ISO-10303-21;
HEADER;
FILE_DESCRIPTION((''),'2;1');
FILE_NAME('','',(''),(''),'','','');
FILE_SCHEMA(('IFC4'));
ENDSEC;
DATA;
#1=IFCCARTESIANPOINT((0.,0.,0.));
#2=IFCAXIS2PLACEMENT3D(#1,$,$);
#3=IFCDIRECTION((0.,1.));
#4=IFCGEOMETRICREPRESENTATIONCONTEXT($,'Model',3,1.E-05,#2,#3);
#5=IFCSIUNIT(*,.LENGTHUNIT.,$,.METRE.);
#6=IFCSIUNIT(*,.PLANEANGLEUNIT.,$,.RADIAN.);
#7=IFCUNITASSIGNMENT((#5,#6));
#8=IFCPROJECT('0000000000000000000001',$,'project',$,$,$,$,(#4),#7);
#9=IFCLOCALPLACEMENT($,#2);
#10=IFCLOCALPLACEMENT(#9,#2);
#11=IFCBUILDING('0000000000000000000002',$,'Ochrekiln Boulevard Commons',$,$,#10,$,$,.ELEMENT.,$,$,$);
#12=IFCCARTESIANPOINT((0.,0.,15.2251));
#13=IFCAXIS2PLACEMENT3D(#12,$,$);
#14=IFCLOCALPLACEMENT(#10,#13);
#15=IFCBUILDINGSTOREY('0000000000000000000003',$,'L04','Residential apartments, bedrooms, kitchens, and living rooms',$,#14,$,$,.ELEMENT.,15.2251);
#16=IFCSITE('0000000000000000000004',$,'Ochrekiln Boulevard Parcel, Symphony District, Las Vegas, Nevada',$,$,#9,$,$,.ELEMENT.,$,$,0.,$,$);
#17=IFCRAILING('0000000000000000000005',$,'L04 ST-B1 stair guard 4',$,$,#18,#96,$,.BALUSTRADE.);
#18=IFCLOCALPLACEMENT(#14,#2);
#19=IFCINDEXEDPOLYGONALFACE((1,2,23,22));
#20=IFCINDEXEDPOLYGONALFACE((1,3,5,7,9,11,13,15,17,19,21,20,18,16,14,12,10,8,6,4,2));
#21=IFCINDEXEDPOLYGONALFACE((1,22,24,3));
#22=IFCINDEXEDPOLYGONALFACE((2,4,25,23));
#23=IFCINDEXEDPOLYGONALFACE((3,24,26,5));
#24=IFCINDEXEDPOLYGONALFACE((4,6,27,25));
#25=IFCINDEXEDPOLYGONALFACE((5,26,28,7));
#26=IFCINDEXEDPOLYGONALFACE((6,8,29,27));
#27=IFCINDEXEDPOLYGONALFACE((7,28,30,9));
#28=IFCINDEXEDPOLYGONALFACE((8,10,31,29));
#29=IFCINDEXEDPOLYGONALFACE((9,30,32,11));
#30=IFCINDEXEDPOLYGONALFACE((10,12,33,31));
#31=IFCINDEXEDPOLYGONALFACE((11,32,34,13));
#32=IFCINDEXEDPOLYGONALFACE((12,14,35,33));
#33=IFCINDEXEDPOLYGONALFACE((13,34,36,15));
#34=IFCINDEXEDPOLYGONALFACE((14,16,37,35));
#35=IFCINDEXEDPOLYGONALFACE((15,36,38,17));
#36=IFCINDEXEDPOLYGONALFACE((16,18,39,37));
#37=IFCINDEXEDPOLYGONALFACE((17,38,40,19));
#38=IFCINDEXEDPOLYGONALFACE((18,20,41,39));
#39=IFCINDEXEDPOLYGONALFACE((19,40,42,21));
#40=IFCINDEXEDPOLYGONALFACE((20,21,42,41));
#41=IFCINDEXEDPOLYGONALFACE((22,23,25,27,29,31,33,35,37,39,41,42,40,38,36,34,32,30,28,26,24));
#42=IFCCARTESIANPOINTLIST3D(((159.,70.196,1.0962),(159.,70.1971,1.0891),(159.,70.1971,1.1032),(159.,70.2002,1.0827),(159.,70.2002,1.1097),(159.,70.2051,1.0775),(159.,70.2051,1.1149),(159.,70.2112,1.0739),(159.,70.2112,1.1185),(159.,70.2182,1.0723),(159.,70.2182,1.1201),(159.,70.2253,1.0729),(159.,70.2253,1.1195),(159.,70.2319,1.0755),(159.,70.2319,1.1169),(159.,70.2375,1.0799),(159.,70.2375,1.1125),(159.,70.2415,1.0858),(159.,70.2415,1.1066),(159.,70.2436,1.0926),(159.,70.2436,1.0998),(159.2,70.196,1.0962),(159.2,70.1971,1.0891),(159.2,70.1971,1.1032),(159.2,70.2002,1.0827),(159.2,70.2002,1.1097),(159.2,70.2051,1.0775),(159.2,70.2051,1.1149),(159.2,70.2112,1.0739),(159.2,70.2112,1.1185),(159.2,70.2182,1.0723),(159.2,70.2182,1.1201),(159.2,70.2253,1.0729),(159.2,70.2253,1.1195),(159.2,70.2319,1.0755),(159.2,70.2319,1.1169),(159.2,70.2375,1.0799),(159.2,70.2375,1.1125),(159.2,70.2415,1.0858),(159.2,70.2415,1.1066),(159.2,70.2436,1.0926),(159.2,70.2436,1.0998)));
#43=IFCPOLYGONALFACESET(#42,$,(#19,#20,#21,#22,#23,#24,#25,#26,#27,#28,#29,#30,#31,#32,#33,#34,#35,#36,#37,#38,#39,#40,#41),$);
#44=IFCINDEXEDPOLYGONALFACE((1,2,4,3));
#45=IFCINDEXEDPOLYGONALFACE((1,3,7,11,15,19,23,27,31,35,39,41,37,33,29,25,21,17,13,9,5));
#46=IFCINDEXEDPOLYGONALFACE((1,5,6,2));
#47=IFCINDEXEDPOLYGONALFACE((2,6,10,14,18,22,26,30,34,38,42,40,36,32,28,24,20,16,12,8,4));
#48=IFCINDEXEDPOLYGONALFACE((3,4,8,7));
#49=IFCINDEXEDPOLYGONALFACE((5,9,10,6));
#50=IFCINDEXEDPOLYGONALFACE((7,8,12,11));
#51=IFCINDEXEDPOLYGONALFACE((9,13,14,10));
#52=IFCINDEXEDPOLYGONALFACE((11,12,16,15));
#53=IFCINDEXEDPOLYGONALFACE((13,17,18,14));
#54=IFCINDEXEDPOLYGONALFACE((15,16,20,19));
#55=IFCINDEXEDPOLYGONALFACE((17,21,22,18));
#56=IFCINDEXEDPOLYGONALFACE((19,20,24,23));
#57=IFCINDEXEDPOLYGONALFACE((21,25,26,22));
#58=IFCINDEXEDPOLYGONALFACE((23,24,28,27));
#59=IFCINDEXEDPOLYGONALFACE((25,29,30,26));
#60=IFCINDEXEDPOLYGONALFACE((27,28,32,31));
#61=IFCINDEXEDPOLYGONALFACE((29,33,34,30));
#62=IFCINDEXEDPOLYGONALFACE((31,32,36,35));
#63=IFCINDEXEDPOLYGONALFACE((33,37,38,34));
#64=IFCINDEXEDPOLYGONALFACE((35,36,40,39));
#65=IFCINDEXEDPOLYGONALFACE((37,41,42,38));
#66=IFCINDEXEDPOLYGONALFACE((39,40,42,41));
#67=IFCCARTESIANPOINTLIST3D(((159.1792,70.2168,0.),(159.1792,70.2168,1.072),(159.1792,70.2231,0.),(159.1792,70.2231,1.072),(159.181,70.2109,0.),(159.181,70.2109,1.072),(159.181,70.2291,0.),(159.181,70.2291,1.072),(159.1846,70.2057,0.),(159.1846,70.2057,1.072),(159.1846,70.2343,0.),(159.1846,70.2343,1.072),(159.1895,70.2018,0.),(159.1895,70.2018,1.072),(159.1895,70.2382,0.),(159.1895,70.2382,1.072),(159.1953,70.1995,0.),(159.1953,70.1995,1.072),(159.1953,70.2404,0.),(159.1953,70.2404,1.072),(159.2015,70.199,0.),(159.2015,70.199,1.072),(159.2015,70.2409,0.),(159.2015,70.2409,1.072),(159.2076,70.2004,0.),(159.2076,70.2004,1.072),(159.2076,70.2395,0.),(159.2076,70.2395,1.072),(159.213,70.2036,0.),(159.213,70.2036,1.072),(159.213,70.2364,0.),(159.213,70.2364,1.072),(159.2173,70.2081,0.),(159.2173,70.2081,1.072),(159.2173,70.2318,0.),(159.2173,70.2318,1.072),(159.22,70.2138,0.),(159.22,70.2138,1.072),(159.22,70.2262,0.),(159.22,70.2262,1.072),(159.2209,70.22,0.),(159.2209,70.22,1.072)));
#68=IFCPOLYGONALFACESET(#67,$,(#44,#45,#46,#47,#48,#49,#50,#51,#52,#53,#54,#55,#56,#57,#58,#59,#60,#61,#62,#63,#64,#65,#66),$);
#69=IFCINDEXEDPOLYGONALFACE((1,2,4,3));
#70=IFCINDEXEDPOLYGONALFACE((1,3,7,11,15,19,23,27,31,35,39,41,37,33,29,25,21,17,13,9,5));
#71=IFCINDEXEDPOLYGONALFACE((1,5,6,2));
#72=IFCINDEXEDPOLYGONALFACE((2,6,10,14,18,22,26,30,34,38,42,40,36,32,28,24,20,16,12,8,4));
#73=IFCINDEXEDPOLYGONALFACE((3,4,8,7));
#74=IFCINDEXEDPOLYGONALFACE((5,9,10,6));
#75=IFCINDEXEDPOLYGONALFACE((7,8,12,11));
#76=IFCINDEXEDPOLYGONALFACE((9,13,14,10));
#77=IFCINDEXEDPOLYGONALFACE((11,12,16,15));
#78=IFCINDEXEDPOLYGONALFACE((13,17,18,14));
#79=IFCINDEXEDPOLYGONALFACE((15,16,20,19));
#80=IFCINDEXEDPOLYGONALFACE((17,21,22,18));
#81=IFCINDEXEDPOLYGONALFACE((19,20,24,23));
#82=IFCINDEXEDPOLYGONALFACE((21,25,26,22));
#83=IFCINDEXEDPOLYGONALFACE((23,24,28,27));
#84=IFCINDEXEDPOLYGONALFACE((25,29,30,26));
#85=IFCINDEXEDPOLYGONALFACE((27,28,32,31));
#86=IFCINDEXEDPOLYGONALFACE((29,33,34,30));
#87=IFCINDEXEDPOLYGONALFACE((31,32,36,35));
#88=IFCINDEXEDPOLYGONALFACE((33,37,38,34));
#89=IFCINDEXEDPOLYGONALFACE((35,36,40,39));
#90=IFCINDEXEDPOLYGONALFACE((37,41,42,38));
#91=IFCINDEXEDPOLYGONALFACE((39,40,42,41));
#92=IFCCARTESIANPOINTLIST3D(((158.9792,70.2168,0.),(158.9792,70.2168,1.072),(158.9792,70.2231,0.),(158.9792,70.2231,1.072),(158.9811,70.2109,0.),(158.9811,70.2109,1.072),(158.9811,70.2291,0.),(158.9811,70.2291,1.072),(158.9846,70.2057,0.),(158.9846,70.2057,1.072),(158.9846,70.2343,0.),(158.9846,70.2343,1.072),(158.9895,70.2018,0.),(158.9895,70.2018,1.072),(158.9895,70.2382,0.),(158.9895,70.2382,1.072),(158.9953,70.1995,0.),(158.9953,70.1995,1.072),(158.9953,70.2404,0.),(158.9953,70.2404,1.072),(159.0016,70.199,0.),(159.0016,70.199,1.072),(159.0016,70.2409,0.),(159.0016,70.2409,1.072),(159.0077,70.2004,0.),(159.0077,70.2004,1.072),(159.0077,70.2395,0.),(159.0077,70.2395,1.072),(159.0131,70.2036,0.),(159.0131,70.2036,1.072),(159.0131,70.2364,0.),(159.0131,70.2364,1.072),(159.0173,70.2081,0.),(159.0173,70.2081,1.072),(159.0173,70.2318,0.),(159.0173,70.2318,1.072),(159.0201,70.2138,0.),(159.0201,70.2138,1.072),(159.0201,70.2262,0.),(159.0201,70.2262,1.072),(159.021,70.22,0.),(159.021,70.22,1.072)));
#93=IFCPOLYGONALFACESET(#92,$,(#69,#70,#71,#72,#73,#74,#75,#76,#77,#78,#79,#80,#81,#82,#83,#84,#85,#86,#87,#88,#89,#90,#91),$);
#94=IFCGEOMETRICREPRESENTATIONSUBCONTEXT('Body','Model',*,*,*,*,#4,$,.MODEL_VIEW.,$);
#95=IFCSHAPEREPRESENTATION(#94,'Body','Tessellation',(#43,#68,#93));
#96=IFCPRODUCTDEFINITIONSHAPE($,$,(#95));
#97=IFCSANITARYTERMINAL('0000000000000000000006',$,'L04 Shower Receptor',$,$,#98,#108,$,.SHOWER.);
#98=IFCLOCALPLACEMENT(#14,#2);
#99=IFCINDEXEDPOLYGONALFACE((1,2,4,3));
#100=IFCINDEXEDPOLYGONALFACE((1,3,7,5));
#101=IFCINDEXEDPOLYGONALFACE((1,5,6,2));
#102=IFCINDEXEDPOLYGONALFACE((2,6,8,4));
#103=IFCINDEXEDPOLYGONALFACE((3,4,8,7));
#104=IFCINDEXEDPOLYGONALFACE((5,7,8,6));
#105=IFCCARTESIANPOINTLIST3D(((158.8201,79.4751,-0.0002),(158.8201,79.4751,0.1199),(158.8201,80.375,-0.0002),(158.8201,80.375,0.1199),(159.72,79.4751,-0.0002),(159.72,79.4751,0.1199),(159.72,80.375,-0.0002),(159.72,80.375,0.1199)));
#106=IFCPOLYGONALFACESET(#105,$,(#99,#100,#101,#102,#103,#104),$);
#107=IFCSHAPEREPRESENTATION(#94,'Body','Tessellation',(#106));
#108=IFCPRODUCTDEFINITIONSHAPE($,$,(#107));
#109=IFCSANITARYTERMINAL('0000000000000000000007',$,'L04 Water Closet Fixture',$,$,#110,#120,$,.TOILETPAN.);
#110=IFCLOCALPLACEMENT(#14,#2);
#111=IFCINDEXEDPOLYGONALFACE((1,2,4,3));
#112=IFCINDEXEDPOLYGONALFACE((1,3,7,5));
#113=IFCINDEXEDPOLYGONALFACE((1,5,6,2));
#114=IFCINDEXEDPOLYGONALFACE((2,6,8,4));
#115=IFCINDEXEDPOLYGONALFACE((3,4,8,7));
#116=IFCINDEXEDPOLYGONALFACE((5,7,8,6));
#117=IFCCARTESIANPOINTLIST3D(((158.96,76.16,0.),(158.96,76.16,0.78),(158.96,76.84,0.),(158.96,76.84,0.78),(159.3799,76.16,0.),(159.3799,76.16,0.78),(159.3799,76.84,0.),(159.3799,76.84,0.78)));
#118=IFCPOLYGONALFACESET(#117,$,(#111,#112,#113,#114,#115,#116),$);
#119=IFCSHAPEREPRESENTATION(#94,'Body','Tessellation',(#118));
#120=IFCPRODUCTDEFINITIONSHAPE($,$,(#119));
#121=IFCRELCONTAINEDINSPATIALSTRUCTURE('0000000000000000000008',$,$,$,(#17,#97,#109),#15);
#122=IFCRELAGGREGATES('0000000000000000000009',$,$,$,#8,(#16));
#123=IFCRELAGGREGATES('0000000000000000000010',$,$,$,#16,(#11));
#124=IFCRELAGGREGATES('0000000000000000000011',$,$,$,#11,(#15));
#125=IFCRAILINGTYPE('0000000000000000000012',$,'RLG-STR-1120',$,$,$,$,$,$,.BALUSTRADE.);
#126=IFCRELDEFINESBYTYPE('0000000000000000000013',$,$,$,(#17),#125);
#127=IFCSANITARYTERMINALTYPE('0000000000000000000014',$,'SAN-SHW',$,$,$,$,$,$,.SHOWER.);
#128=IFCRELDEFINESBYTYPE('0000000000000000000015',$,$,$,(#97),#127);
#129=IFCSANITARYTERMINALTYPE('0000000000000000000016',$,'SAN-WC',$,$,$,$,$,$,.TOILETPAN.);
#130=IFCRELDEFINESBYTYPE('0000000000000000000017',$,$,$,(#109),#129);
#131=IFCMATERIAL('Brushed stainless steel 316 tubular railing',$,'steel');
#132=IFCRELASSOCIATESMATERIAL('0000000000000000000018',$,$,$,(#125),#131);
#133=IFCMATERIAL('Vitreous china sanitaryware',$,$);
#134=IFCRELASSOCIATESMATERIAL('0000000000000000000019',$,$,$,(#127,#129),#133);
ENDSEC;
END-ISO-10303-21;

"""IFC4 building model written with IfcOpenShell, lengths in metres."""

from ifc_helpers import new_model, si_unit, direction, frame, origin, origin_2d, place, context, subcontext, project, spatial, rectangle, circle, extrude, material, type_object, element, save


model = new_model("IFC4")

# Units and contexts
model_context = context("Model", 3, precision=1e-05, world=origin(), true_north=direction((0.0, 1.0)))
body_context = subcontext(model_context, "Body", "Model", "MODEL_VIEW")
ifc_project = project(units=[si_unit("LENGTHUNIT", "METRE"), si_unit("PLANEANGLEUNIT", "RADIAN")], contexts=[model_context])

# Site, building, storey
site_placement = place(None, origin())
site = spatial("IfcSite", under=ifc_project, at=site_placement, Name="Ochrekiln Boulevard Parcel, Symphony District, Las Vegas, Nevada", CompositionType="ELEMENT", RefElevation=0.0)
building_placement = place(site_placement, origin())
building = spatial("IfcBuilding", under=site, at=building_placement, Name="Ochrekiln Boulevard Commons", CompositionType="ELEMENT")
storey_placement = place(building_placement, frame((0.0, 0.0, 15.2251)))
storey = spatial("IfcBuildingStorey", under=building, at=storey_placement, Name="L04", Description="Residential apartments, bedrooms, kitchens, and living rooms", CompositionType="ELEMENT", Elevation=15.2251)

# Railing
ifc_material_1 = material(Name="Brushed stainless steel 316 tubular railing", Category="steel")
railing_type_1 = type_object("IfcRailingType", Name="RLG-STR-1120", PredefinedType="BALUSTRADE", material=ifc_material_1)
railing_1_placement = place(storey_placement, frame((159.2, 70.22, 0.0)))
element("IfcRailing", 1, at=railing_1_placement, inside=storey, type_object=railing_type_1, Name="L04 ST-B1 stair guard 4", PredefinedType="BALUSTRADE", context=body_context, shape_type="SweptSolid", body=[
    extrude(circle(Radius=0.0239, at=origin_2d()), frame((0.0, 0.0, 1.0962), z_axis=(-1.0, 0.0, 0.0), x_axis=(0.0, -1.0, 0.0)), (0.0, 0.0, 1.0), 0.2),
    extrude(circle(Radius=0.021, at=origin_2d()), origin(), (0.0, 0.0, 1.0), 1.072),
    extrude(circle(Radius=0.021, at=origin_2d()), frame((-0.2, 0.0, 0.0)), (0.0, 0.0, 1.0), 1.072),
])

# Sanitary terminals
ifc_material_2 = material(Name="Vitreous china sanitaryware")
sanitary_terminal_type_1 = type_object("IfcSanitaryTerminalType", Name="SAN-SHW", PredefinedType="SHOWER", material=ifc_material_2)
sanitary_terminal_1_placement = place(storey_placement, frame((159.27, 79.925, -0.0002), z_axis=(0.0, 0.0, 1.0), x_axis=(1.0, 0.0, 0.0)))
element("IfcSanitaryTerminal", 2, at=sanitary_terminal_1_placement, inside=storey, type_object=sanitary_terminal_type_1, Name="L04 Shower Receptor", PredefinedType="SHOWER", context=body_context, shape_type="SweptSolid", body=[
    extrude(rectangle(XDim=0.8999, YDim=0.8999, at=origin_2d()), origin(), (0.0, 0.0, 1.0), 0.1201),
])
sanitary_terminal_type_2 = type_object("IfcSanitaryTerminalType", Name="SAN-WC", PredefinedType="TOILETPAN", material=ifc_material_2)
sanitary_terminal_2_placement = place(storey_placement, frame((159.1699, 76.5, 0.0), z_axis=(0.0, 0.0, 1.0), x_axis=(1.0, 0.0, 0.0)))
element("IfcSanitaryTerminal", 3, at=sanitary_terminal_2_placement, inside=storey, type_object=sanitary_terminal_type_2, Name="L04 Water Closet Fixture", PredefinedType="TOILETPAN", context=body_context, shape_type="SweptSolid", body=[
    extrude(rectangle(XDim=0.4199, YDim=0.6799, at=origin_2d()), origin(), (0.0, 0.0, 1.0), 0.78),
])

save(model, "model.ifc")
